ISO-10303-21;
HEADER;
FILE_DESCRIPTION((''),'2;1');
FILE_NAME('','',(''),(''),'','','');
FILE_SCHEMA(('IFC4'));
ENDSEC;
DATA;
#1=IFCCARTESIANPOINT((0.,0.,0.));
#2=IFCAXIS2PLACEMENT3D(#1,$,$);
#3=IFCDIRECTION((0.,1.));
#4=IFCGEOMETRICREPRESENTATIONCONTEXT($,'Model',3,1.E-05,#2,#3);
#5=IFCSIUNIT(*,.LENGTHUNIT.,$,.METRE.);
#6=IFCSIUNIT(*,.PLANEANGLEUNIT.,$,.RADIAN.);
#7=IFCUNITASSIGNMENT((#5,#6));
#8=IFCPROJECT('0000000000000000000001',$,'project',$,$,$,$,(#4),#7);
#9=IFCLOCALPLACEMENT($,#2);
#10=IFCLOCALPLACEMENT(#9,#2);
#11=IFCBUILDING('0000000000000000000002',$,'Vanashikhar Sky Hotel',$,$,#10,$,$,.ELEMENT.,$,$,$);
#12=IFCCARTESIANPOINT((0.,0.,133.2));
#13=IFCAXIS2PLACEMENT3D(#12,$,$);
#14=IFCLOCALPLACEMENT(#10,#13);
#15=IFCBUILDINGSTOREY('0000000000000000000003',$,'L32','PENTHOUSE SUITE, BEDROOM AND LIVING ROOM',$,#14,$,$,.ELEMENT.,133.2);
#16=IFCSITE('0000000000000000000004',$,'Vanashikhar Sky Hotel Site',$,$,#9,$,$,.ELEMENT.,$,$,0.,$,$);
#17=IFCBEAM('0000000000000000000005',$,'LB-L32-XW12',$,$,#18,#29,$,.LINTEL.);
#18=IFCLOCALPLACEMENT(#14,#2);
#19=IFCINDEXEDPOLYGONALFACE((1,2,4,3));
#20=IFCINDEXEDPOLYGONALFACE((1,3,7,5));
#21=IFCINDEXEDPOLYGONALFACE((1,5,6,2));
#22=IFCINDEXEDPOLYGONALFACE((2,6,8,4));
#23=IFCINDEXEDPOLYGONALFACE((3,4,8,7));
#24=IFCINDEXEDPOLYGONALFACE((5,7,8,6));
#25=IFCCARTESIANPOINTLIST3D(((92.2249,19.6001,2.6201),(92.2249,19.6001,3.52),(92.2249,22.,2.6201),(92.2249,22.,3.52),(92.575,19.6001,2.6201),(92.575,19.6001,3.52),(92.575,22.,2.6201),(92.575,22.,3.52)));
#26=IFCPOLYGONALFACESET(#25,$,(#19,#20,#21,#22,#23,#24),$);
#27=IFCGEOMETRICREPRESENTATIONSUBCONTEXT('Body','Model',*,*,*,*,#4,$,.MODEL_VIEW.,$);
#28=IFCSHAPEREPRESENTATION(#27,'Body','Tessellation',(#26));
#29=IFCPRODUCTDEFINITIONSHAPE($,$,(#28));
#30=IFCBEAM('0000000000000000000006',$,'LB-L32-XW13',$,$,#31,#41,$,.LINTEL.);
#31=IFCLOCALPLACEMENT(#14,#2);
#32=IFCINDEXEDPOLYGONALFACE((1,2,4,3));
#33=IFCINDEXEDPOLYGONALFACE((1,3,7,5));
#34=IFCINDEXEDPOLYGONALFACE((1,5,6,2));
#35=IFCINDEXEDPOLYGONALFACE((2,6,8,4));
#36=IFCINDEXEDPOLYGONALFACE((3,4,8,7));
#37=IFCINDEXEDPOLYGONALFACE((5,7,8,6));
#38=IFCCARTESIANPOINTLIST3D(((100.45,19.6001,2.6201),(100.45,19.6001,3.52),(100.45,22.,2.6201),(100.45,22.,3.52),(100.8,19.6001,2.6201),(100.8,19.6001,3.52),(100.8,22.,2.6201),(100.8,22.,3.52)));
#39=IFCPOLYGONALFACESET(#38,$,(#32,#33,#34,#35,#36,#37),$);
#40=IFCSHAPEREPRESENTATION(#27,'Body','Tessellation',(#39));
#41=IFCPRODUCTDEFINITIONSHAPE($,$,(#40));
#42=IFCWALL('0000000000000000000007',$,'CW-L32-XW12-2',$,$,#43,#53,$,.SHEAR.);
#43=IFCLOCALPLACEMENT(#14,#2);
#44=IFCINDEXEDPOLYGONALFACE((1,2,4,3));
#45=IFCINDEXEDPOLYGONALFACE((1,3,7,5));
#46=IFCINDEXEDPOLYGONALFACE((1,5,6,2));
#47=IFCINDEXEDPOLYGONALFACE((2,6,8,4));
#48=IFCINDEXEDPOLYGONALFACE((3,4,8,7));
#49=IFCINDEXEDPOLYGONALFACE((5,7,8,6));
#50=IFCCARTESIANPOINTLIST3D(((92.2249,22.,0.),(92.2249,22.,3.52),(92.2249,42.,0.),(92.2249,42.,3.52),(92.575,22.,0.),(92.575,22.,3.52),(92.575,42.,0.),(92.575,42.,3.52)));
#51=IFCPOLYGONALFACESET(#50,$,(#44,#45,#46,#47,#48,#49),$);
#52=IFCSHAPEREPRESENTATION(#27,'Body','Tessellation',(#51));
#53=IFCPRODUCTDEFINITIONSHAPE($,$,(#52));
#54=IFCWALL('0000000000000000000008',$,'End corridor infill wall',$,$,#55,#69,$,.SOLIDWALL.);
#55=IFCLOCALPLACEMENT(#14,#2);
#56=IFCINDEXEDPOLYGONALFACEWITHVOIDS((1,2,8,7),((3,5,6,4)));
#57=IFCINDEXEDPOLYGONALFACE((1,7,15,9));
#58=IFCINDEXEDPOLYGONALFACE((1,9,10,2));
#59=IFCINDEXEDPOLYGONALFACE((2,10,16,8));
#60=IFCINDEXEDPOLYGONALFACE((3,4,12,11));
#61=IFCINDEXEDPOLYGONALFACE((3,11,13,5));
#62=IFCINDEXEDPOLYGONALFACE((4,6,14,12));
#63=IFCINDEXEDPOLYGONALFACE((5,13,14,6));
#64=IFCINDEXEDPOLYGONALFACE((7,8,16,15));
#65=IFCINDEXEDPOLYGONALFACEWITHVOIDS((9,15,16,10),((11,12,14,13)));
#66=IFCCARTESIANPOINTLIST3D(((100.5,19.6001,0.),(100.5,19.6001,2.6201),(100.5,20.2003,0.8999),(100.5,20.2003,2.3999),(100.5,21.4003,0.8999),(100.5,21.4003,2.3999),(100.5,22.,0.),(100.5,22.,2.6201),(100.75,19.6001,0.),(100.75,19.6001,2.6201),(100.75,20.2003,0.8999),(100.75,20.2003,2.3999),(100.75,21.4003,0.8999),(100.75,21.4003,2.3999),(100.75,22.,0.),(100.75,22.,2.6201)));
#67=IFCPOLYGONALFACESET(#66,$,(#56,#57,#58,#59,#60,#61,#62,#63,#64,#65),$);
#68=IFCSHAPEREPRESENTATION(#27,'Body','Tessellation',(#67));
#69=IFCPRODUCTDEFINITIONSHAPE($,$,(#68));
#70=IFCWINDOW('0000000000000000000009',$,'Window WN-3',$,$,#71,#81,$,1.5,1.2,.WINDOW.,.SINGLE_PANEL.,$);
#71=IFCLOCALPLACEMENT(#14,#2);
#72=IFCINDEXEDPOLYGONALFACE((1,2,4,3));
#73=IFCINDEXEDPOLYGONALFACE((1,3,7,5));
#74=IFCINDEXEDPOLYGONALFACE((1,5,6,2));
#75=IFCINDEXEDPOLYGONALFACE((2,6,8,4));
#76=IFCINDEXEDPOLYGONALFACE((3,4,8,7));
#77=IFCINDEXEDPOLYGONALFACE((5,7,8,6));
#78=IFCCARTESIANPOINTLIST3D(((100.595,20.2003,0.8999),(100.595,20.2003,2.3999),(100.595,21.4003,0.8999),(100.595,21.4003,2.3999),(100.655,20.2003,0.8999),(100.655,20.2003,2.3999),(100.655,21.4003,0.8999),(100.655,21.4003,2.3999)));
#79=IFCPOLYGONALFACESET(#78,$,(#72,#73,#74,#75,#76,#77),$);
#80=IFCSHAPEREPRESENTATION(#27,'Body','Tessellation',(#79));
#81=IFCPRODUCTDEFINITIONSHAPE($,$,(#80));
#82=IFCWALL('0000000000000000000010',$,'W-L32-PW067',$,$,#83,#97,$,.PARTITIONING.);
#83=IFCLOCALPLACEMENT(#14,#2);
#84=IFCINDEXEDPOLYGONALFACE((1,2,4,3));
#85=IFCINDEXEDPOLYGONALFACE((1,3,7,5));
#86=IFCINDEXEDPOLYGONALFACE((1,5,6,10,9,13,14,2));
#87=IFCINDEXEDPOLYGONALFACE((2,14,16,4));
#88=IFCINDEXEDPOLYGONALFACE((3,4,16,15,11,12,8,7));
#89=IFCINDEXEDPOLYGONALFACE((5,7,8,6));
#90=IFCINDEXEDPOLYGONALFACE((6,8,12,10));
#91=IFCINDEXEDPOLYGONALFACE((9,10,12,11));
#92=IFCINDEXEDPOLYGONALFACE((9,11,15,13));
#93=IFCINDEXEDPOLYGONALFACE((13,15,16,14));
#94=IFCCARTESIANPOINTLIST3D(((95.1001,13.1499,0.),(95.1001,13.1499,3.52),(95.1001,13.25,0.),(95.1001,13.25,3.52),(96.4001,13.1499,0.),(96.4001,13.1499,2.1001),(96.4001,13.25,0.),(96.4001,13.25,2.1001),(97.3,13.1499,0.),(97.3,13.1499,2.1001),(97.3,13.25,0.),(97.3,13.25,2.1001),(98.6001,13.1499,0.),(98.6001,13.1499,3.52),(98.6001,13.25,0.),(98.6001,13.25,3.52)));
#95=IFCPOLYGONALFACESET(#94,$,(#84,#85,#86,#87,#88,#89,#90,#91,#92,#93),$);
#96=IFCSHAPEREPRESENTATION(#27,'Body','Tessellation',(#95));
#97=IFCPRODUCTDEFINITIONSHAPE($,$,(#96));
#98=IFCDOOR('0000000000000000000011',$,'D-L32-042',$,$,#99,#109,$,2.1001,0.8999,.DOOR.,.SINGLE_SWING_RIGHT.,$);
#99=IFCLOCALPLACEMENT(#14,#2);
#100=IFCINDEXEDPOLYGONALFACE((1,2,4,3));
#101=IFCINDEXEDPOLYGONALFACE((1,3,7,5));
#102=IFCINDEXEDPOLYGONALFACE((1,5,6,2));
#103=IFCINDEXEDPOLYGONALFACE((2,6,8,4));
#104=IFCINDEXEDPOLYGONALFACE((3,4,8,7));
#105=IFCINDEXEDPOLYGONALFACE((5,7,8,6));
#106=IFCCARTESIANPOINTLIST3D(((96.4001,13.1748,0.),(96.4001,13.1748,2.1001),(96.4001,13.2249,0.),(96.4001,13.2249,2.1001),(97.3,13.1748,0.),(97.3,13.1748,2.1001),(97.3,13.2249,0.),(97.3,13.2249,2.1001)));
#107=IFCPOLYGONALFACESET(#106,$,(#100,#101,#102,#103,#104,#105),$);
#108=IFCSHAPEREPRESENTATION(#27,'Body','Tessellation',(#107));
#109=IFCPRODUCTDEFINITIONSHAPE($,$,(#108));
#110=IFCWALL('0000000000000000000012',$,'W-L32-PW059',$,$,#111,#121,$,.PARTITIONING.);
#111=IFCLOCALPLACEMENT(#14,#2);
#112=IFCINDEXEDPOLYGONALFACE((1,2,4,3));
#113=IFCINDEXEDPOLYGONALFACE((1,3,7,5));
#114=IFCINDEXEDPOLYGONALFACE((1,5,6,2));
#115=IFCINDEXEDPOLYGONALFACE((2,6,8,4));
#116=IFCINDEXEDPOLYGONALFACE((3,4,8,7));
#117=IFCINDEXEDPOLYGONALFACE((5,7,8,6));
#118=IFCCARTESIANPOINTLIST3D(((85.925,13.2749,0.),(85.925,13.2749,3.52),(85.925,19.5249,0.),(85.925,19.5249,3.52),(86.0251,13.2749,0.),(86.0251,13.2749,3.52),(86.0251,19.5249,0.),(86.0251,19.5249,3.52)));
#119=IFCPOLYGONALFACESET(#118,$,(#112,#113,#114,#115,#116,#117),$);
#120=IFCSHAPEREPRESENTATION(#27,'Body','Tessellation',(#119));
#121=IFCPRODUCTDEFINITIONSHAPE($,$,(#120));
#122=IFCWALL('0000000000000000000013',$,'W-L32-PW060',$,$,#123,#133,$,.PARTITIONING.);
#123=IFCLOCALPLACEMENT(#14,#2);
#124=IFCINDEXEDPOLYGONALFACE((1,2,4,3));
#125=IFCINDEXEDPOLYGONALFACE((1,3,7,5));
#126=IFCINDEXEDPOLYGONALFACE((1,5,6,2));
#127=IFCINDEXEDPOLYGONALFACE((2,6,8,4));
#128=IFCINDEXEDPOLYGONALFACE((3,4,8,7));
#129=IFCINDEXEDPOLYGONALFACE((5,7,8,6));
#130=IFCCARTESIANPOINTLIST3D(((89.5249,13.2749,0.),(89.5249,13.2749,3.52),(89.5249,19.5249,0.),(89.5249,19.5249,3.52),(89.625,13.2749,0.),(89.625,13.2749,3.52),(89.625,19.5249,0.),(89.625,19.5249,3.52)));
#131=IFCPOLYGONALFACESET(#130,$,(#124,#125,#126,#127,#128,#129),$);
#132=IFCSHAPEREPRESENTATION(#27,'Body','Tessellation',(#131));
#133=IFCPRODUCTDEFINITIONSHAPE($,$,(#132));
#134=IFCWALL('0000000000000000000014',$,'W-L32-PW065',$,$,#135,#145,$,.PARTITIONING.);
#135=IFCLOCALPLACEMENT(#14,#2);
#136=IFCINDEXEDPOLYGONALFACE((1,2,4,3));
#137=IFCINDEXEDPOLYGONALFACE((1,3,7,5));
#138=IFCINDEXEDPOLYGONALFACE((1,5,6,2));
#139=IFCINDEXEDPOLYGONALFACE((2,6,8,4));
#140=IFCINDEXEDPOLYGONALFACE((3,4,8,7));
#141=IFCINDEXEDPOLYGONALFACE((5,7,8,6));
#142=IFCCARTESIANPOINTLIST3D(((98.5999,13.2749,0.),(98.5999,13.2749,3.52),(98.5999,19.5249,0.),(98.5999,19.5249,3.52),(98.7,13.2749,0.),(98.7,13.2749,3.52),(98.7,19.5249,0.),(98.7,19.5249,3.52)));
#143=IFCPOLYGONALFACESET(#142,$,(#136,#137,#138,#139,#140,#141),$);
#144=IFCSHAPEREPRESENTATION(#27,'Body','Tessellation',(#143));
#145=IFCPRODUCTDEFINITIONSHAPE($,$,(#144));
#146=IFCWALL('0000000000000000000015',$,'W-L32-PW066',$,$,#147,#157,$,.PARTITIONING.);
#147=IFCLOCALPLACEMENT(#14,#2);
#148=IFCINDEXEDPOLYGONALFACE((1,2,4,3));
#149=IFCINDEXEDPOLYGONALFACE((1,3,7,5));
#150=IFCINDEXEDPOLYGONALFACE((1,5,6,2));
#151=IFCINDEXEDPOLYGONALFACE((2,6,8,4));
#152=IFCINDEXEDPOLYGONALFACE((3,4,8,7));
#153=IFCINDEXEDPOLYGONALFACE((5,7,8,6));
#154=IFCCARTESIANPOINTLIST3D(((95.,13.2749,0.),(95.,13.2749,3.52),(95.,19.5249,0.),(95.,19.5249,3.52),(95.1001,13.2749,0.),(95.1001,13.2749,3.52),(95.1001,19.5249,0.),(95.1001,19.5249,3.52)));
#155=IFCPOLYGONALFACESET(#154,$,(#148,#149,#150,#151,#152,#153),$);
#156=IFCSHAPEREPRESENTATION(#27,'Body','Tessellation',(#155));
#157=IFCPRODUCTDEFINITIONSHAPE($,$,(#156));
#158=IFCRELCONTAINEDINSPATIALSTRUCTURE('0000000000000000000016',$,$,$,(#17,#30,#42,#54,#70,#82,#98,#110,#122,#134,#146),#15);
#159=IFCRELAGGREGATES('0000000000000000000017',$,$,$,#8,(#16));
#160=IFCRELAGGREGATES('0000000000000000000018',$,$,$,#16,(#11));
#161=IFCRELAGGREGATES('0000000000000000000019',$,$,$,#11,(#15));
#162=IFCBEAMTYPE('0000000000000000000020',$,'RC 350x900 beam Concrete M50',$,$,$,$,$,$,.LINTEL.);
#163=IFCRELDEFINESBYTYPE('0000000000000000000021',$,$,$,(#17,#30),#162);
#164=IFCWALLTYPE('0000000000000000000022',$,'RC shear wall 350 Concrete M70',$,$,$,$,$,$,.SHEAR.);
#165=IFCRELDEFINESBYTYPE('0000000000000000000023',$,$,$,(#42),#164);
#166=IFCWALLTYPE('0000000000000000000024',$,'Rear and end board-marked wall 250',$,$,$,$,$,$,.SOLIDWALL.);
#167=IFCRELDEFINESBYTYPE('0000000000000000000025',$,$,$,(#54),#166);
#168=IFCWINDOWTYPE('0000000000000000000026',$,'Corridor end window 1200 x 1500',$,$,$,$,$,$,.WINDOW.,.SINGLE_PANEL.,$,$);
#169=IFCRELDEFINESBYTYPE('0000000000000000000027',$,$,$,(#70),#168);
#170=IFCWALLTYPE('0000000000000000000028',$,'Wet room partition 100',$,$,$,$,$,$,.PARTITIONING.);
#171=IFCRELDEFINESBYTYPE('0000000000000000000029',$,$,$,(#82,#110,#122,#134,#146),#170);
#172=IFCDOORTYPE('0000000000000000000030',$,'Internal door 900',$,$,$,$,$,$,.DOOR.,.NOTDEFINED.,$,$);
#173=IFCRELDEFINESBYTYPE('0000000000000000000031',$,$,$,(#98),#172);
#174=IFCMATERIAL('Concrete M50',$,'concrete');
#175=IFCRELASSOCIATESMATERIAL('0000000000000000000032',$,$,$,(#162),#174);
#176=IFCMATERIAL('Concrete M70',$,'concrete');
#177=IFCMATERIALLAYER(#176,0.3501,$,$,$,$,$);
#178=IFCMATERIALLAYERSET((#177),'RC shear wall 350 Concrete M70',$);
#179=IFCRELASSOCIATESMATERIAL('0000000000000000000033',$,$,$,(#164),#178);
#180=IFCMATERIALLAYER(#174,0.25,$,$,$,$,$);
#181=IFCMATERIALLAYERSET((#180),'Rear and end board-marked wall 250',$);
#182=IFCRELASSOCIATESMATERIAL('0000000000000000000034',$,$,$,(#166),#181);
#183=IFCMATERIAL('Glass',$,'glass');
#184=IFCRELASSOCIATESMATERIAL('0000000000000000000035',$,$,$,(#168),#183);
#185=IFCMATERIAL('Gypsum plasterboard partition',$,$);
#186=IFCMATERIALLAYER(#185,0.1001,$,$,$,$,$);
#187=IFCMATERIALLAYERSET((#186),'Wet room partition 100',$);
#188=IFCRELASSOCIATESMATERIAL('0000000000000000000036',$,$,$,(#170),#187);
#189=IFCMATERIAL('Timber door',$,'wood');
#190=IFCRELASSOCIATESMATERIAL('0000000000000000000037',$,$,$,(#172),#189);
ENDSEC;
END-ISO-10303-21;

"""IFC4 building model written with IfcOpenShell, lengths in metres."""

from ifc_helpers import new_model, si_unit, direction, frame, frame_2d, origin, origin_2d, place, context, subcontext, project, spatial, rectangle, extrude, source, transform, mapped, material, layer, layer_set, material_profile, profile_set, type_object, element, fill, save


model = new_model("IFC4")

# Units and contexts
model_context = context("Model", 3, precision=1e-05, world=origin(), true_north=direction((0.0, 1.0)))
body_context = subcontext(model_context, "Body", "Model", "MODEL_VIEW")
ifc_project = project(units=[si_unit("LENGTHUNIT", "METRE"), si_unit("PLANEANGLEUNIT", "RADIAN")], contexts=[model_context])

# Site, building, storey
site_placement = place(None, origin())
site = spatial("IfcSite", under=ifc_project, at=site_placement, Name="Vanashikhar Sky Hotel Site", CompositionType="ELEMENT", RefElevation=0.0)
building_placement = place(site_placement, origin())
building = spatial("IfcBuilding", under=site, at=building_placement, Name="Vanashikhar Sky Hotel", CompositionType="ELEMENT")
storey_placement = place(building_placement, frame((0.0, 0.0, 133.2)))
storey = spatial("IfcBuildingStorey", under=building, at=storey_placement, Name="L32", Description="PENTHOUSE SUITE, BEDROOM AND LIVING ROOM", CompositionType="ELEMENT", Elevation=133.2)

# Beams
ifc_material_1 = material(Name="Concrete M50", Category="concrete")
ifc_material_profile = material_profile(ifc_material_1, rectangle(XDim=0.3501, YDim=0.8999, at=origin_2d()))
ifc_profile_set = profile_set([ifc_material_profile], Name="RC 350x900 beam Concrete M50")
beam_type = type_object("IfcBeamType", Name="RC 350x900 beam Concrete M50", PredefinedType="LINTEL", material=ifc_profile_set)
shared_shape_1 = source(origin(), body_context, "Body", "SweptSolid", [
    extrude(rectangle(XDim=0.3501, YDim=0.8999, at=origin_2d()), origin(), (0.0, 0.0, 1.0), 2.3999),
])
for number, where, z_axis, x_axis, name in (
    (1, (92.3999, 19.6001, 3.0701), (0.0, 1.0, 0.0), (-1.0, 0.0, 0.0), "LB-L32-XW12"),
    (2, (100.625, 19.6001, 3.0701), (0.0, 1.0, 0.0), (-1.0, 0.0, 0.0), "LB-L32-XW13"),
):
    element("IfcBeam", number, at=place(storey_placement, frame(where, z_axis=z_axis, x_axis=x_axis)), inside=storey, type_object=beam_type, Name=name, PredefinedType="LINTEL", context=body_context, shape_type="MappedRepresentation", body=[
        mapped(shared_shape_1, transform((0.0, 0.0, 0.0), scale=1.0)),
    ])

# Wall
ifc_material_2 = material(Name="Concrete M70", Category="concrete")
ifc_layer_1 = layer(ifc_material_2, 0.3501)
ifc_layer_set_1 = layer_set([ifc_layer_1], Name="RC shear wall 350 Concrete M70")
wall_type_1 = type_object("IfcWallType", Name="RC shear wall 350 Concrete M70", PredefinedType="SHEAR", material=ifc_layer_set_1)
shared_shape_2 = source(origin(), body_context, "Body", "SweptSolid", [
    extrude(rectangle(XDim=20.0, YDim=0.3501, at=frame_2d((10.0, 0.0))), origin(), (0.0, 0.0, 1.0), 3.52),
])
wall_1_placement = place(storey_placement, frame((92.3999, 22.0, 0.0), z_axis=(0.0, 0.0, 1.0), x_axis=(0.0, 1.0, 0.0)))
element("IfcWall", 3, at=wall_1_placement, inside=storey, type_object=wall_type_1, Name="CW-L32-XW12-2", PredefinedType="SHEAR", context=body_context, shape_type="MappedRepresentation", body=[
    mapped(shared_shape_2, transform((0.0, 0.0, 0.0), scale=1.0)),
])

# Wall, opening, window
ifc_layer_2 = layer(ifc_material_1, 0.25)
ifc_layer_set_2 = layer_set([ifc_layer_2], Name="Rear and end board-marked wall 250")
wall_type_2 = type_object("IfcWallType", Name="Rear and end board-marked wall 250", PredefinedType="SOLIDWALL", material=ifc_layer_set_2)
shared_shape_3 = source(origin(), body_context, "Body", "SweptSolid", [
    extrude(rectangle(XDim=2.3999, YDim=0.25, at=frame_2d((1.2, 0.0))), origin(), (0.0, 0.0, 1.0), 2.6201),
])
wall_2_placement = place(storey_placement, frame((100.625, 19.6001, 0.0), z_axis=(0.0, 0.0, 1.0), x_axis=(0.0, 1.0, 0.0)))
wall_2 = element("IfcWall", 4, at=wall_2_placement, inside=storey, type_object=wall_type_2, Name="End corridor infill wall", PredefinedType="SOLIDWALL", context=body_context, shape_type="MappedRepresentation", body=[
    mapped(shared_shape_3, transform((0.0, 0.0, 0.0), scale=1.0)),
])
shared_shape_4 = source(origin(), body_context, "Body", "SweptSolid", [
    extrude(rectangle(XDim=1.2, YDim=1.5, at=frame_2d((0.6001, 0.75))), frame((0.0, 0.135, 0.0), z_axis=(0.0, -1.0, 0.0), x_axis=(1.0, 0.0, 0.0)), (0.0, 0.0, 1.0), 0.27),
])
opening_1_placement = place(wall_2_placement, frame((0.6001, 0.0, 0.8999)))
opening_1 = element("IfcOpeningElement", 5, at=opening_1_placement, cuts=wall_2, PredefinedType="OPENING", context=body_context, shape_type="MappedRepresentation", body=[
    mapped(shared_shape_4, transform((0.0, 0.0, 0.0), scale=1.0)),
])
ifc_material_3 = material(Name="Glass", Category="glass")
window_type = type_object("IfcWindowType", Name="Corridor end window 1200 x 1500", PartitioningType="SINGLE_PANEL", PredefinedType="WINDOW", material=ifc_material_3)
shared_shape_5 = source(origin(), body_context, "Body", "SweptSolid", [
    extrude(rectangle(XDim=1.2, YDim=1.5, at=frame_2d((0.6001, 0.75))), frame((0.0, 0.03, 0.0), z_axis=(0.0, -1.0, 0.0), x_axis=(1.0, 0.0, 0.0)), (0.0, 0.0, 1.0), 0.0601),
])
window_placement = place(opening_1_placement, origin())
window = element("IfcWindow", 6, at=window_placement, inside=storey, type_object=window_type, Name="Window WN-3", OverallHeight=1.5, OverallWidth=1.2, PartitioningType="SINGLE_PANEL", PredefinedType="WINDOW", context=body_context, shape_type="MappedRepresentation", body=[
    mapped(shared_shape_5, transform((0.0, 0.0, 0.0), scale=1.0)),
])
fill(opening_1, window)

# Wall, opening, door
ifc_material_4 = material(Name="Gypsum plasterboard partition")
ifc_layer_3 = layer(ifc_material_4, 0.1001)
ifc_layer_set_3 = layer_set([ifc_layer_3], Name="Wet room partition 100")
wall_type_3 = type_object("IfcWallType", Name="Wet room partition 100", PredefinedType="PARTITIONING", material=ifc_layer_set_3)
shared_shape_6 = source(origin(), body_context, "Body", "SweptSolid", [
    extrude(rectangle(XDim=3.5, YDim=0.1001, at=frame_2d((1.75, 0.0))), origin(), (0.0, 0.0, 1.0), 3.52),
])
wall_3_placement = place(storey_placement, frame((95.1001, 13.2, 0.0), z_axis=(0.0, 0.0, 1.0), x_axis=(1.0, 0.0, 0.0)))
wall_3 = element("IfcWall", 7, at=wall_3_placement, inside=storey, type_object=wall_type_3, Name="W-L32-PW067", PredefinedType="PARTITIONING", context=body_context, shape_type="MappedRepresentation", body=[
    mapped(shared_shape_6, transform((0.0, 0.0, 0.0), scale=1.0)),
])
shared_shape_7 = source(origin(), body_context, "Body", "SweptSolid", [
    extrude(rectangle(XDim=0.8999, YDim=2.1001, at=frame_2d((0.45, 1.05))), frame((0.0, 0.0601, 0.0), z_axis=(0.0, -1.0, 0.0), x_axis=(1.0, 0.0, 0.0)), (0.0, 0.0, 1.0), 0.1201),
])
opening_2_placement = place(wall_3_placement, frame((1.3, 0.0, 0.0)))
opening_2 = element("IfcOpeningElement", 8, at=opening_2_placement, cuts=wall_3, PredefinedType="OPENING", context=body_context, shape_type="MappedRepresentation", body=[
    mapped(shared_shape_7, transform((0.0, 0.0, 0.0), scale=1.0)),
])
ifc_material_5 = material(Name="Timber door", Category="wood")
door_type_1 = type_object("IfcDoorType", Name="Internal door 900", OperationType="NOTDEFINED", PredefinedType="DOOR", material=ifc_material_5)
shared_shape_8 = source(origin(), body_context, "Body", "SweptSolid", [
    extrude(rectangle(XDim=0.8999, YDim=2.1001, at=frame_2d((0.45, 1.05))), frame((0.0, 0.0249, 0.0), z_axis=(0.0, -1.0, 0.0), x_axis=(1.0, 0.0, 0.0)), (0.0, 0.0, 1.0), 0.05),
])
door_1_placement = place(opening_2_placement, origin())
door_1 = element("IfcDoor", 9, at=door_1_placement, inside=storey, type_object=door_type_1, Name="D-L32-042", OperationType="SINGLE_SWING_RIGHT", OverallHeight=2.1001, OverallWidth=0.8999, PredefinedType="DOOR", context=body_context, shape_type="MappedRepresentation", body=[
    mapped(shared_shape_8, transform((0.0, 0.0, 0.0), scale=1.0)),
])
fill(opening_2, door_1)

# Walls
shared_shape_9 = source(origin(), body_context, "Body", "SweptSolid", [
    extrude(rectangle(XDim=6.25, YDim=0.1001, at=frame_2d((3.125, 0.0))), origin(), (0.0, 0.0, 1.0), 3.52),
])
for number, where, z_axis, x_axis, name in (
    (10, (85.9751, 13.2749, 0.0), (0.0, 0.0, 1.0), (0.0, 1.0, 0.0), "W-L32-PW059"),
    (11, (89.575, 13.2749, 0.0), (0.0, 0.0, 1.0), (0.0, 1.0, 0.0), "W-L32-PW060"),
    (12, (98.6499, 13.2749, 0.0), (0.0, 0.0, 1.0), (0.0, 1.0, 0.0), "W-L32-PW065"),
    (13, (95.05, 13.2749, 0.0), (0.0, 0.0, 1.0), (0.0, 1.0, 0.0), "W-L32-PW066"),
):
    element("IfcWall", number, at=place(storey_placement, frame(where, z_axis=z_axis, x_axis=x_axis)), inside=storey, type_object=wall_type_3, Name=name, PredefinedType="PARTITIONING", context=body_context, shape_type="MappedRepresentation", body=[
        mapped(shared_shape_9, transform((0.0, 0.0, 0.0), scale=1.0)),
    ])

save(model, "model.ifc")
